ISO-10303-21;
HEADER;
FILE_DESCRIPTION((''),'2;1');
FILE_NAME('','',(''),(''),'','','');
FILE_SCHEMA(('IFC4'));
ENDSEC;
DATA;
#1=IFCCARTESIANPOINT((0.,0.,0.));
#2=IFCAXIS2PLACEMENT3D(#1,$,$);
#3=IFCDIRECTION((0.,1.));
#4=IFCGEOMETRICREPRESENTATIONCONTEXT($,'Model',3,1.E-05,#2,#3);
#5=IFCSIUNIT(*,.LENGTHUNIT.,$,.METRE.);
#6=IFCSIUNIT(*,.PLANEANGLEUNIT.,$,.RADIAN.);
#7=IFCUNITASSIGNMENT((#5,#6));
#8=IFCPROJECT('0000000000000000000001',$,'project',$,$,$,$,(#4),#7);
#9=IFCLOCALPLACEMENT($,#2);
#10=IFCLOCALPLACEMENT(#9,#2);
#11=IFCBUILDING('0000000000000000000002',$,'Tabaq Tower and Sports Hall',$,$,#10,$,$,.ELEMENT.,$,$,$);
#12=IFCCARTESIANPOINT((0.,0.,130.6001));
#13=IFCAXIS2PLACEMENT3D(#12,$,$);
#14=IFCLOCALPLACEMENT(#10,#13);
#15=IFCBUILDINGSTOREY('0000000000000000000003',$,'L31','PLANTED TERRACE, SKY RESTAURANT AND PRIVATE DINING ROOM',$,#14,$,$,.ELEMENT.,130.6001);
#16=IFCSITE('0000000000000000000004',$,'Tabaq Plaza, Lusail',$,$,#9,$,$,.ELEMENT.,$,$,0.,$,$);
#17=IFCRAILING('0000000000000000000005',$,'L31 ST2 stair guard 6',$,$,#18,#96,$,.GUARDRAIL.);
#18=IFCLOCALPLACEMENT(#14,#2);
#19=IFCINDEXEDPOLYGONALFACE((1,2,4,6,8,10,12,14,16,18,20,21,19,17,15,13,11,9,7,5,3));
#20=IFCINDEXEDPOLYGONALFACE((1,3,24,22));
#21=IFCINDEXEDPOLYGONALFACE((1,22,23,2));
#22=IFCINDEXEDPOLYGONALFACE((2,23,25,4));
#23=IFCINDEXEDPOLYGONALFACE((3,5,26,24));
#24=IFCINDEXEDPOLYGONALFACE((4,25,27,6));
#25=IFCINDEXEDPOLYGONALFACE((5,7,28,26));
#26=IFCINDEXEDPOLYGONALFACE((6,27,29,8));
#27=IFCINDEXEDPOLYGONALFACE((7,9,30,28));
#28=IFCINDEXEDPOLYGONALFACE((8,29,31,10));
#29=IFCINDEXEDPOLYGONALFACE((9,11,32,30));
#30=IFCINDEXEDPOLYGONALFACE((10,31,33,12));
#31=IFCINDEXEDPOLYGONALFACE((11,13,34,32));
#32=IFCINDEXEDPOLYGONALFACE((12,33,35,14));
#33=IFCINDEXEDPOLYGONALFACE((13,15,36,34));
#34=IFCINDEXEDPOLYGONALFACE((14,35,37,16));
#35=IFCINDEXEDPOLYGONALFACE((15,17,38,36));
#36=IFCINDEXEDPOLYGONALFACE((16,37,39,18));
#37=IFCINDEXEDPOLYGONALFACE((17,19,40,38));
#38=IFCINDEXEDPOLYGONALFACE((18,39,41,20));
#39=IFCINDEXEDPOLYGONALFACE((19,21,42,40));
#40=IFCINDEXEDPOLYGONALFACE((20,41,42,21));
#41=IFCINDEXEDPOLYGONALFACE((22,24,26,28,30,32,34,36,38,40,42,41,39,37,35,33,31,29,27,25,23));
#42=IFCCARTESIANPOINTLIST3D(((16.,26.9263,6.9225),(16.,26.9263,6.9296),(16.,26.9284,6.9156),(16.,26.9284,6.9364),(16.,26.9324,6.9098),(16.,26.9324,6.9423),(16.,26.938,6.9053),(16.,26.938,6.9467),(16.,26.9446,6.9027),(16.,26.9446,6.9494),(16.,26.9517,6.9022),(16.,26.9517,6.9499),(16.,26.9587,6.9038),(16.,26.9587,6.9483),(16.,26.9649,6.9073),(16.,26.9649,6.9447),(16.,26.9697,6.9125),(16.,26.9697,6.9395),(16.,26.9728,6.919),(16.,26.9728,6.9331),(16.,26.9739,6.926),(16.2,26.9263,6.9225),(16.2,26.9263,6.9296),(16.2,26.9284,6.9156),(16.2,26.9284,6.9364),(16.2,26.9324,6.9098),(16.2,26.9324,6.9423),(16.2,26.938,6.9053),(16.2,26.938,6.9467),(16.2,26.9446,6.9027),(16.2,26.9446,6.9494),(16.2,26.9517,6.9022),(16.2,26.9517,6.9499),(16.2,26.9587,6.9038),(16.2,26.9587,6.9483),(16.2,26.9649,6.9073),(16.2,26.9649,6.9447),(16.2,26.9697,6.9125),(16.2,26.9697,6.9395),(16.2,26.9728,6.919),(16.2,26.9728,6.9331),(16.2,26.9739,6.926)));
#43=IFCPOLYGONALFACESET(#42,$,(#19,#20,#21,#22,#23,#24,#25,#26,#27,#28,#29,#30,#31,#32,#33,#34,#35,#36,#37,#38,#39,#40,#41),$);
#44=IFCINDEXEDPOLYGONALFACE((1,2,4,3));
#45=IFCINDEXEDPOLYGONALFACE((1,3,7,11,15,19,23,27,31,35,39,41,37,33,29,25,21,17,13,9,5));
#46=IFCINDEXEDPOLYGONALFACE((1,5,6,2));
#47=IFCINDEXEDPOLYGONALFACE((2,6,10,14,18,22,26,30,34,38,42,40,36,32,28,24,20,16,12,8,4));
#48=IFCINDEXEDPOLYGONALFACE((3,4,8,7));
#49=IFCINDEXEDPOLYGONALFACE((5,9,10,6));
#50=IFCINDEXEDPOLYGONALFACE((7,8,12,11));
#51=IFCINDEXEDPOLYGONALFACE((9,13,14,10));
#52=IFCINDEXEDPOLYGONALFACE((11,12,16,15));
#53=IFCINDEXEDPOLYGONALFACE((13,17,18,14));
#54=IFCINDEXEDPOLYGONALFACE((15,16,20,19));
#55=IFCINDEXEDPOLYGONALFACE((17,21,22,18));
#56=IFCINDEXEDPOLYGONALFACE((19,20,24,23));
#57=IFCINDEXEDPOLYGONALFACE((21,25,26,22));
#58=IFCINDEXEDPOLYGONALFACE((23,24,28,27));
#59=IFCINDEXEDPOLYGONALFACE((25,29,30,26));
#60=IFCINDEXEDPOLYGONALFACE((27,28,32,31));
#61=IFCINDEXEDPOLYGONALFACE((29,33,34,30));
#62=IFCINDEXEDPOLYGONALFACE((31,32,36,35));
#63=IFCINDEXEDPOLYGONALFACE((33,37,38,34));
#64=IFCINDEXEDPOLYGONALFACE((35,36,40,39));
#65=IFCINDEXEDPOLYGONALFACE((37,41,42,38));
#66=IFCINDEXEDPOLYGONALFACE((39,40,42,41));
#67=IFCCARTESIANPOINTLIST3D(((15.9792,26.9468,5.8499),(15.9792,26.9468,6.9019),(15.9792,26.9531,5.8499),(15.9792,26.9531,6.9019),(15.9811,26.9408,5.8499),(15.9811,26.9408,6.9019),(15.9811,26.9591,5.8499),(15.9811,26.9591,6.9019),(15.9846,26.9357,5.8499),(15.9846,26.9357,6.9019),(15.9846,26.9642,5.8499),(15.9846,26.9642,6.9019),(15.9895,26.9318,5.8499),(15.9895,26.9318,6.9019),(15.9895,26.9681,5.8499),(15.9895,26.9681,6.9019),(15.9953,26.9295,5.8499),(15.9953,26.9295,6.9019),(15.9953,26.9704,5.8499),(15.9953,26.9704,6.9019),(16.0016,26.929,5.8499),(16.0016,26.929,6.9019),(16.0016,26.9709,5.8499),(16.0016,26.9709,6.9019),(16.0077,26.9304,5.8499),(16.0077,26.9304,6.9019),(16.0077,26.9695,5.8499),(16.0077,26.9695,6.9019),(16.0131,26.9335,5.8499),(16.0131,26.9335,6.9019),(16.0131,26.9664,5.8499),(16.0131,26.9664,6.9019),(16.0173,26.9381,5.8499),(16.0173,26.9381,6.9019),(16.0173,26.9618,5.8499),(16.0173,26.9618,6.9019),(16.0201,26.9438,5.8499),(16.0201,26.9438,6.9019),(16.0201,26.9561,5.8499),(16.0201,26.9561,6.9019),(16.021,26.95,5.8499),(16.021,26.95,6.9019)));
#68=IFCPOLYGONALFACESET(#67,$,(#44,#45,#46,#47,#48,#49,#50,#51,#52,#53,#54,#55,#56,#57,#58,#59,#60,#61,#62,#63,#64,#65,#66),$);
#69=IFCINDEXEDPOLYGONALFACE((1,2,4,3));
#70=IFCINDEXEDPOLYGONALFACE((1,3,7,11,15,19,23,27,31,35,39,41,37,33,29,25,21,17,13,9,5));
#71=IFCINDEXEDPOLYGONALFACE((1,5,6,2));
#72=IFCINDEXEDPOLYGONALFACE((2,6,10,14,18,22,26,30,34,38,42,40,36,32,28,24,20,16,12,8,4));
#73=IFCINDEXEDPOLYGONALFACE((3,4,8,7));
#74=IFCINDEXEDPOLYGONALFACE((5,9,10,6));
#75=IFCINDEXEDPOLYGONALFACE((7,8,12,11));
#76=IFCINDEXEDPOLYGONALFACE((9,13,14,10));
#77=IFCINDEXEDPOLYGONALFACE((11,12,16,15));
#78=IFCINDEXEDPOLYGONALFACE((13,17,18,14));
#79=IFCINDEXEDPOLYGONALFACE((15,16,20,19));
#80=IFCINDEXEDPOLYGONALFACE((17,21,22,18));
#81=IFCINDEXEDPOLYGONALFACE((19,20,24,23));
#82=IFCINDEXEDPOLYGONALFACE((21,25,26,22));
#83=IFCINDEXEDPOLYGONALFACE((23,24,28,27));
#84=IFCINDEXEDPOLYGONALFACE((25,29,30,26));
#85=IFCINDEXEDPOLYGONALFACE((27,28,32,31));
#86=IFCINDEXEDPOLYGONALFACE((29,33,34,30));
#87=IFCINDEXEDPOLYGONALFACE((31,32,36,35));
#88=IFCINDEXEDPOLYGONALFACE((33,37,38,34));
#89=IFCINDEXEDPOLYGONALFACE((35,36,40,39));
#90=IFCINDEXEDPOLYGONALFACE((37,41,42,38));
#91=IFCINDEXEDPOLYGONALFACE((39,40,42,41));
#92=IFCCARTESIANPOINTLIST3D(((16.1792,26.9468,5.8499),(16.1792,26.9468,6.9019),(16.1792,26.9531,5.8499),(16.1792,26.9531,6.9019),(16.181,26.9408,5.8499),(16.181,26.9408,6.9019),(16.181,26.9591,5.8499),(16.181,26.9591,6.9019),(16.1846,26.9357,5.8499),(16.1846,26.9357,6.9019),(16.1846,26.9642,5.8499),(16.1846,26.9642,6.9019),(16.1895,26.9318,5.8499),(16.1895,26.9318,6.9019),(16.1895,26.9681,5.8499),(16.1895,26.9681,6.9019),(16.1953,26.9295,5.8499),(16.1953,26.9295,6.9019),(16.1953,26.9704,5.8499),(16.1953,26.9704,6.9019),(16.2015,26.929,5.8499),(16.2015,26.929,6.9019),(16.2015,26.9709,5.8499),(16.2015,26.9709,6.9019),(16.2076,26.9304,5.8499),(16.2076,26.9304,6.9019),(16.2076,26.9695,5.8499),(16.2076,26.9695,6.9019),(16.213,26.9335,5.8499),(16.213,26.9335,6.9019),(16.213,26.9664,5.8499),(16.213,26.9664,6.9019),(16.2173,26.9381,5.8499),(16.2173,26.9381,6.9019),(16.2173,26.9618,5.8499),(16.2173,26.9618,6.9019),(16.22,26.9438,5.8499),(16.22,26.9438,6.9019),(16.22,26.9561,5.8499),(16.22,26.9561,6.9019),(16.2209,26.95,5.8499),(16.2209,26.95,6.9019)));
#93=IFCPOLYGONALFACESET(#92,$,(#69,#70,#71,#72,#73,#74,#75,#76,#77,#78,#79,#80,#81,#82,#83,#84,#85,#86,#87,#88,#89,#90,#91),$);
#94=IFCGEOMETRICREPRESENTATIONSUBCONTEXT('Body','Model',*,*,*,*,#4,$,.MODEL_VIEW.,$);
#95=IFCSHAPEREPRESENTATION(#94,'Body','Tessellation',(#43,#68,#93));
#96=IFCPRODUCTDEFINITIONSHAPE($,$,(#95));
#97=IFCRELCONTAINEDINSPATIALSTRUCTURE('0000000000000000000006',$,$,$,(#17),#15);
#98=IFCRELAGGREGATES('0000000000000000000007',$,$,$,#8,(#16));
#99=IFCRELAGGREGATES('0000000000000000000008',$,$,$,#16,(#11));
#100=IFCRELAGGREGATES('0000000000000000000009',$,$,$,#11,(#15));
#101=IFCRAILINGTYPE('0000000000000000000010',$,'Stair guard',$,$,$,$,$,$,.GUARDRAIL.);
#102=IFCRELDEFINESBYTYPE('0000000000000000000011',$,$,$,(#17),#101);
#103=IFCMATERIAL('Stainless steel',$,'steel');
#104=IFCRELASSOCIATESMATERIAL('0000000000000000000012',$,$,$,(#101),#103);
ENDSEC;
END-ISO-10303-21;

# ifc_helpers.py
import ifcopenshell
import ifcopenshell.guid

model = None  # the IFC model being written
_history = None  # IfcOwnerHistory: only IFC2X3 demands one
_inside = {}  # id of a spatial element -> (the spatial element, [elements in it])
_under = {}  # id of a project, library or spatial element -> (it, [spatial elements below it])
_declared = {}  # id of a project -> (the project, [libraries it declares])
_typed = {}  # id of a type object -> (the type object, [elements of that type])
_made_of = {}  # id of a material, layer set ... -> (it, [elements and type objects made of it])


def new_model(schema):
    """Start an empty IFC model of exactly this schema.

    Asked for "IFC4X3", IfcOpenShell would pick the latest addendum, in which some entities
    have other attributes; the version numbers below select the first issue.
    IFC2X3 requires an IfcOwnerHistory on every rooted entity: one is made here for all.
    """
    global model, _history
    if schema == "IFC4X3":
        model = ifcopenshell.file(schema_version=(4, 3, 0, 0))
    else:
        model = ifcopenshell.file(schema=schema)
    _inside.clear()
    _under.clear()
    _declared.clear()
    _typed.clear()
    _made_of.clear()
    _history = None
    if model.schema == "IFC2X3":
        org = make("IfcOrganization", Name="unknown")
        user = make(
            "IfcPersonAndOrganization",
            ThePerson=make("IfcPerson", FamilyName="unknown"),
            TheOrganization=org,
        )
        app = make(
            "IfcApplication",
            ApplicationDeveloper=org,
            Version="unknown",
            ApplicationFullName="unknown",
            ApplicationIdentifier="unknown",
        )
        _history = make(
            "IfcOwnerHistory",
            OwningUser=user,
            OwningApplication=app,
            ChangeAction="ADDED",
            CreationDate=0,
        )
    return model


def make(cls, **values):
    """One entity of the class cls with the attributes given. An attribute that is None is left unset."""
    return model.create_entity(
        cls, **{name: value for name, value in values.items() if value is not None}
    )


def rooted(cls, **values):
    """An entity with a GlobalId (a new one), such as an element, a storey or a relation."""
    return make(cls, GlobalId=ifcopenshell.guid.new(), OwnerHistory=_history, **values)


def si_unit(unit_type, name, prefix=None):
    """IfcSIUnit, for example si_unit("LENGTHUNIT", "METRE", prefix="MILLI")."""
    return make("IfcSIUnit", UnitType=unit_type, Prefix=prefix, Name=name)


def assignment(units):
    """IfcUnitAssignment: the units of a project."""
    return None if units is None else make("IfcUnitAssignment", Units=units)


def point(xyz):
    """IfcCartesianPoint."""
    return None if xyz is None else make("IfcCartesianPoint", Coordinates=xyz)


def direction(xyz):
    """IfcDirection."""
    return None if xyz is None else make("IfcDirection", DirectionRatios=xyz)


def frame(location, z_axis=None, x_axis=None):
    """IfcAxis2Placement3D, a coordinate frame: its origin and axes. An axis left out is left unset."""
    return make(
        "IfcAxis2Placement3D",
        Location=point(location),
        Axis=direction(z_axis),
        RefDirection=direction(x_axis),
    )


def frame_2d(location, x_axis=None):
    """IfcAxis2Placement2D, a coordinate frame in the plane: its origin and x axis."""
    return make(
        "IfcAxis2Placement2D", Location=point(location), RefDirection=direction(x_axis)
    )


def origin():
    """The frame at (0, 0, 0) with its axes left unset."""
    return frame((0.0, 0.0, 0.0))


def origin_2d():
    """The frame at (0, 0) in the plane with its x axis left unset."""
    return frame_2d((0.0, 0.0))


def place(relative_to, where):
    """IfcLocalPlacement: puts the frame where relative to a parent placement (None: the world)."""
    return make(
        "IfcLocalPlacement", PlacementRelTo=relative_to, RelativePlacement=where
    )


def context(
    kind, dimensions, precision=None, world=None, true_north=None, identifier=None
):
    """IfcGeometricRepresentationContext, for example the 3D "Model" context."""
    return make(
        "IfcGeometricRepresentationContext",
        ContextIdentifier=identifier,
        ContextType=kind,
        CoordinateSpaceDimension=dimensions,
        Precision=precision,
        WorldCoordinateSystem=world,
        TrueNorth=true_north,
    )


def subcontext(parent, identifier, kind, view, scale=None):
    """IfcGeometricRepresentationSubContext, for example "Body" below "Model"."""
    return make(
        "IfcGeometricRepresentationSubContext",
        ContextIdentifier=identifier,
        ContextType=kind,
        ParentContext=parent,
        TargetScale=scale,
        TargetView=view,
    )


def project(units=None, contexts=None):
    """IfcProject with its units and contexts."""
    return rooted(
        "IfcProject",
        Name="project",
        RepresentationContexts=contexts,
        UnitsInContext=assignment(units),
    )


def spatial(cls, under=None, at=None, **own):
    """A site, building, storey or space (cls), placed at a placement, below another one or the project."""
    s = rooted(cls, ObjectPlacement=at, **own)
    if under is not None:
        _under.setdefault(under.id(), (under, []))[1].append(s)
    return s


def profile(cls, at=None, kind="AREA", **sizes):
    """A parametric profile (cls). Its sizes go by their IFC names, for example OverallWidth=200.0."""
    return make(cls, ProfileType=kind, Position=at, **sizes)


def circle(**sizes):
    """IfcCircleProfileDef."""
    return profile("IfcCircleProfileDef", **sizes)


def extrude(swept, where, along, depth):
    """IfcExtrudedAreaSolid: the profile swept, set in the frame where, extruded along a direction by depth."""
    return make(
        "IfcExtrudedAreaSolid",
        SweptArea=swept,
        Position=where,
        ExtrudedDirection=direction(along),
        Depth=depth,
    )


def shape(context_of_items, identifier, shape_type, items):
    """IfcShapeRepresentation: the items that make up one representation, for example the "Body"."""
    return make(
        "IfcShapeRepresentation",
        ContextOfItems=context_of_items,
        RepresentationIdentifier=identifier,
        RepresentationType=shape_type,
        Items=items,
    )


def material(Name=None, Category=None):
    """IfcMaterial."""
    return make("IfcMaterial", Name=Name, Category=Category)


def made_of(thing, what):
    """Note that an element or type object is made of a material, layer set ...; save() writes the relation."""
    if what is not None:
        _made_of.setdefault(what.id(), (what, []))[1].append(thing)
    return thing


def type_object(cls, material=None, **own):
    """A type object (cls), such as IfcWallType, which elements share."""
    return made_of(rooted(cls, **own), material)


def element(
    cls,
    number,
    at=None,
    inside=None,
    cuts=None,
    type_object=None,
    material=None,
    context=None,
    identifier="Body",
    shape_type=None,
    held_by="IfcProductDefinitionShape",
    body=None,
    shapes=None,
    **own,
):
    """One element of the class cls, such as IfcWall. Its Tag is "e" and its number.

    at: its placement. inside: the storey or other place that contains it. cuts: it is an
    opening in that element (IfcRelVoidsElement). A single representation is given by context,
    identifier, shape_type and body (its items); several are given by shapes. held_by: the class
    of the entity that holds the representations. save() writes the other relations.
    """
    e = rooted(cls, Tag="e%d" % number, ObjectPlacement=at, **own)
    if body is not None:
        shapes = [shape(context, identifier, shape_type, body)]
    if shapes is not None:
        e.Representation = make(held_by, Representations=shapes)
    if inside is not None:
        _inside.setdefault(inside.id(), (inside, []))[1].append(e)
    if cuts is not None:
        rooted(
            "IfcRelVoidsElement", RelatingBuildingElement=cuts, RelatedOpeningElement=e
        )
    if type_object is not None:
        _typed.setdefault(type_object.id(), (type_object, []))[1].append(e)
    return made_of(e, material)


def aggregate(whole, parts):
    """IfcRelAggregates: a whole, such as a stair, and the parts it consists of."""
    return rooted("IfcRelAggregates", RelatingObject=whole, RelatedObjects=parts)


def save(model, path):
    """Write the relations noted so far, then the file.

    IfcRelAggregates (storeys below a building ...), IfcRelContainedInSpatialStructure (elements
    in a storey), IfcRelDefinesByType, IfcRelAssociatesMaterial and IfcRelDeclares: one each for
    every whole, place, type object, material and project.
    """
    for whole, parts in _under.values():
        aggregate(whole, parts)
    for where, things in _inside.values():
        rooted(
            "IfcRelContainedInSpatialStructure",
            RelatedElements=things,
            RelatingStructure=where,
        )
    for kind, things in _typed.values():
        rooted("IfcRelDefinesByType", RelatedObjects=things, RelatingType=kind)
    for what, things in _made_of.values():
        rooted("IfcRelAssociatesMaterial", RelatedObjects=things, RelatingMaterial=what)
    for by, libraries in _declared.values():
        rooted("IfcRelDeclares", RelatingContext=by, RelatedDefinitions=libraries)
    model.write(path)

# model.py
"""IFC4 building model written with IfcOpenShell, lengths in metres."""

from ifc_helpers import new_model, si_unit, direction, frame, origin, origin_2d, place, context, subcontext, project, spatial, circle, extrude, material, type_object, element, save


model = new_model("IFC4")

# Units and contexts
model_context = context("Model", 3, precision=1e-05, world=origin(), true_north=direction((0.0, 1.0)))
body_context = subcontext(model_context, "Body", "Model", "MODEL_VIEW")
ifc_project = project(units=[si_unit("LENGTHUNIT", "METRE"), si_unit("PLANEANGLEUNIT", "RADIAN")], contexts=[model_context])

# Site, building, storey
site_placement = place(None, origin())
site = spatial("IfcSite", under=ifc_project, at=site_placement, Name="Tabaq Plaza, Lusail", CompositionType="ELEMENT", RefElevation=0.0)
building_placement = place(site_placement, origin())
building = spatial("IfcBuilding", under=site, at=building_placement, Name="Tabaq Tower and Sports Hall", CompositionType="ELEMENT")
storey_placement = place(building_placement, frame((0.0, 0.0, 130.6001)))
storey = spatial("IfcBuildingStorey", under=building, at=storey_placement, Name="L31", Description="PLANTED TERRACE, SKY RESTAURANT AND PRIVATE DINING ROOM", CompositionType="ELEMENT", Elevation=130.6001)

# Railing
ifc_material_1 = material(Name="Stainless steel", Category="steel")
railing_type = type_object("IfcRailingType", Name="Stair guard", PredefinedType="GUARDRAIL", material=ifc_material_1)
for number, where, name in (
    (1, (16.0, 26.95, 5.8499), "L31 ST2 stair guard 6"),
):
    element("IfcRailing", number, at=place(storey_placement, frame(where)), inside=storey, type_object=railing_type, Name=name, PredefinedType="GUARDRAIL", context=body_context, shape_type="SweptSolid", body=[
        extrude(circle(Radius=0.0239, at=origin_2d()), frame((0.0, 0.0, 1.0762), z_axis=(1.0, 0.0, 0.0), x_axis=(0.0, 1.0, 0.0)), (0.0, 0.0, 1.0), 0.2),
        extrude(circle(Radius=0.021, at=origin_2d()), origin(), (0.0, 0.0, 1.0), 1.052),
        extrude(circle(Radius=0.021, at=origin_2d()), frame((0.2, 0.0, 0.0)), (0.0, 0.0, 1.0), 1.052),
    ])

save(model, "model.ifc")
